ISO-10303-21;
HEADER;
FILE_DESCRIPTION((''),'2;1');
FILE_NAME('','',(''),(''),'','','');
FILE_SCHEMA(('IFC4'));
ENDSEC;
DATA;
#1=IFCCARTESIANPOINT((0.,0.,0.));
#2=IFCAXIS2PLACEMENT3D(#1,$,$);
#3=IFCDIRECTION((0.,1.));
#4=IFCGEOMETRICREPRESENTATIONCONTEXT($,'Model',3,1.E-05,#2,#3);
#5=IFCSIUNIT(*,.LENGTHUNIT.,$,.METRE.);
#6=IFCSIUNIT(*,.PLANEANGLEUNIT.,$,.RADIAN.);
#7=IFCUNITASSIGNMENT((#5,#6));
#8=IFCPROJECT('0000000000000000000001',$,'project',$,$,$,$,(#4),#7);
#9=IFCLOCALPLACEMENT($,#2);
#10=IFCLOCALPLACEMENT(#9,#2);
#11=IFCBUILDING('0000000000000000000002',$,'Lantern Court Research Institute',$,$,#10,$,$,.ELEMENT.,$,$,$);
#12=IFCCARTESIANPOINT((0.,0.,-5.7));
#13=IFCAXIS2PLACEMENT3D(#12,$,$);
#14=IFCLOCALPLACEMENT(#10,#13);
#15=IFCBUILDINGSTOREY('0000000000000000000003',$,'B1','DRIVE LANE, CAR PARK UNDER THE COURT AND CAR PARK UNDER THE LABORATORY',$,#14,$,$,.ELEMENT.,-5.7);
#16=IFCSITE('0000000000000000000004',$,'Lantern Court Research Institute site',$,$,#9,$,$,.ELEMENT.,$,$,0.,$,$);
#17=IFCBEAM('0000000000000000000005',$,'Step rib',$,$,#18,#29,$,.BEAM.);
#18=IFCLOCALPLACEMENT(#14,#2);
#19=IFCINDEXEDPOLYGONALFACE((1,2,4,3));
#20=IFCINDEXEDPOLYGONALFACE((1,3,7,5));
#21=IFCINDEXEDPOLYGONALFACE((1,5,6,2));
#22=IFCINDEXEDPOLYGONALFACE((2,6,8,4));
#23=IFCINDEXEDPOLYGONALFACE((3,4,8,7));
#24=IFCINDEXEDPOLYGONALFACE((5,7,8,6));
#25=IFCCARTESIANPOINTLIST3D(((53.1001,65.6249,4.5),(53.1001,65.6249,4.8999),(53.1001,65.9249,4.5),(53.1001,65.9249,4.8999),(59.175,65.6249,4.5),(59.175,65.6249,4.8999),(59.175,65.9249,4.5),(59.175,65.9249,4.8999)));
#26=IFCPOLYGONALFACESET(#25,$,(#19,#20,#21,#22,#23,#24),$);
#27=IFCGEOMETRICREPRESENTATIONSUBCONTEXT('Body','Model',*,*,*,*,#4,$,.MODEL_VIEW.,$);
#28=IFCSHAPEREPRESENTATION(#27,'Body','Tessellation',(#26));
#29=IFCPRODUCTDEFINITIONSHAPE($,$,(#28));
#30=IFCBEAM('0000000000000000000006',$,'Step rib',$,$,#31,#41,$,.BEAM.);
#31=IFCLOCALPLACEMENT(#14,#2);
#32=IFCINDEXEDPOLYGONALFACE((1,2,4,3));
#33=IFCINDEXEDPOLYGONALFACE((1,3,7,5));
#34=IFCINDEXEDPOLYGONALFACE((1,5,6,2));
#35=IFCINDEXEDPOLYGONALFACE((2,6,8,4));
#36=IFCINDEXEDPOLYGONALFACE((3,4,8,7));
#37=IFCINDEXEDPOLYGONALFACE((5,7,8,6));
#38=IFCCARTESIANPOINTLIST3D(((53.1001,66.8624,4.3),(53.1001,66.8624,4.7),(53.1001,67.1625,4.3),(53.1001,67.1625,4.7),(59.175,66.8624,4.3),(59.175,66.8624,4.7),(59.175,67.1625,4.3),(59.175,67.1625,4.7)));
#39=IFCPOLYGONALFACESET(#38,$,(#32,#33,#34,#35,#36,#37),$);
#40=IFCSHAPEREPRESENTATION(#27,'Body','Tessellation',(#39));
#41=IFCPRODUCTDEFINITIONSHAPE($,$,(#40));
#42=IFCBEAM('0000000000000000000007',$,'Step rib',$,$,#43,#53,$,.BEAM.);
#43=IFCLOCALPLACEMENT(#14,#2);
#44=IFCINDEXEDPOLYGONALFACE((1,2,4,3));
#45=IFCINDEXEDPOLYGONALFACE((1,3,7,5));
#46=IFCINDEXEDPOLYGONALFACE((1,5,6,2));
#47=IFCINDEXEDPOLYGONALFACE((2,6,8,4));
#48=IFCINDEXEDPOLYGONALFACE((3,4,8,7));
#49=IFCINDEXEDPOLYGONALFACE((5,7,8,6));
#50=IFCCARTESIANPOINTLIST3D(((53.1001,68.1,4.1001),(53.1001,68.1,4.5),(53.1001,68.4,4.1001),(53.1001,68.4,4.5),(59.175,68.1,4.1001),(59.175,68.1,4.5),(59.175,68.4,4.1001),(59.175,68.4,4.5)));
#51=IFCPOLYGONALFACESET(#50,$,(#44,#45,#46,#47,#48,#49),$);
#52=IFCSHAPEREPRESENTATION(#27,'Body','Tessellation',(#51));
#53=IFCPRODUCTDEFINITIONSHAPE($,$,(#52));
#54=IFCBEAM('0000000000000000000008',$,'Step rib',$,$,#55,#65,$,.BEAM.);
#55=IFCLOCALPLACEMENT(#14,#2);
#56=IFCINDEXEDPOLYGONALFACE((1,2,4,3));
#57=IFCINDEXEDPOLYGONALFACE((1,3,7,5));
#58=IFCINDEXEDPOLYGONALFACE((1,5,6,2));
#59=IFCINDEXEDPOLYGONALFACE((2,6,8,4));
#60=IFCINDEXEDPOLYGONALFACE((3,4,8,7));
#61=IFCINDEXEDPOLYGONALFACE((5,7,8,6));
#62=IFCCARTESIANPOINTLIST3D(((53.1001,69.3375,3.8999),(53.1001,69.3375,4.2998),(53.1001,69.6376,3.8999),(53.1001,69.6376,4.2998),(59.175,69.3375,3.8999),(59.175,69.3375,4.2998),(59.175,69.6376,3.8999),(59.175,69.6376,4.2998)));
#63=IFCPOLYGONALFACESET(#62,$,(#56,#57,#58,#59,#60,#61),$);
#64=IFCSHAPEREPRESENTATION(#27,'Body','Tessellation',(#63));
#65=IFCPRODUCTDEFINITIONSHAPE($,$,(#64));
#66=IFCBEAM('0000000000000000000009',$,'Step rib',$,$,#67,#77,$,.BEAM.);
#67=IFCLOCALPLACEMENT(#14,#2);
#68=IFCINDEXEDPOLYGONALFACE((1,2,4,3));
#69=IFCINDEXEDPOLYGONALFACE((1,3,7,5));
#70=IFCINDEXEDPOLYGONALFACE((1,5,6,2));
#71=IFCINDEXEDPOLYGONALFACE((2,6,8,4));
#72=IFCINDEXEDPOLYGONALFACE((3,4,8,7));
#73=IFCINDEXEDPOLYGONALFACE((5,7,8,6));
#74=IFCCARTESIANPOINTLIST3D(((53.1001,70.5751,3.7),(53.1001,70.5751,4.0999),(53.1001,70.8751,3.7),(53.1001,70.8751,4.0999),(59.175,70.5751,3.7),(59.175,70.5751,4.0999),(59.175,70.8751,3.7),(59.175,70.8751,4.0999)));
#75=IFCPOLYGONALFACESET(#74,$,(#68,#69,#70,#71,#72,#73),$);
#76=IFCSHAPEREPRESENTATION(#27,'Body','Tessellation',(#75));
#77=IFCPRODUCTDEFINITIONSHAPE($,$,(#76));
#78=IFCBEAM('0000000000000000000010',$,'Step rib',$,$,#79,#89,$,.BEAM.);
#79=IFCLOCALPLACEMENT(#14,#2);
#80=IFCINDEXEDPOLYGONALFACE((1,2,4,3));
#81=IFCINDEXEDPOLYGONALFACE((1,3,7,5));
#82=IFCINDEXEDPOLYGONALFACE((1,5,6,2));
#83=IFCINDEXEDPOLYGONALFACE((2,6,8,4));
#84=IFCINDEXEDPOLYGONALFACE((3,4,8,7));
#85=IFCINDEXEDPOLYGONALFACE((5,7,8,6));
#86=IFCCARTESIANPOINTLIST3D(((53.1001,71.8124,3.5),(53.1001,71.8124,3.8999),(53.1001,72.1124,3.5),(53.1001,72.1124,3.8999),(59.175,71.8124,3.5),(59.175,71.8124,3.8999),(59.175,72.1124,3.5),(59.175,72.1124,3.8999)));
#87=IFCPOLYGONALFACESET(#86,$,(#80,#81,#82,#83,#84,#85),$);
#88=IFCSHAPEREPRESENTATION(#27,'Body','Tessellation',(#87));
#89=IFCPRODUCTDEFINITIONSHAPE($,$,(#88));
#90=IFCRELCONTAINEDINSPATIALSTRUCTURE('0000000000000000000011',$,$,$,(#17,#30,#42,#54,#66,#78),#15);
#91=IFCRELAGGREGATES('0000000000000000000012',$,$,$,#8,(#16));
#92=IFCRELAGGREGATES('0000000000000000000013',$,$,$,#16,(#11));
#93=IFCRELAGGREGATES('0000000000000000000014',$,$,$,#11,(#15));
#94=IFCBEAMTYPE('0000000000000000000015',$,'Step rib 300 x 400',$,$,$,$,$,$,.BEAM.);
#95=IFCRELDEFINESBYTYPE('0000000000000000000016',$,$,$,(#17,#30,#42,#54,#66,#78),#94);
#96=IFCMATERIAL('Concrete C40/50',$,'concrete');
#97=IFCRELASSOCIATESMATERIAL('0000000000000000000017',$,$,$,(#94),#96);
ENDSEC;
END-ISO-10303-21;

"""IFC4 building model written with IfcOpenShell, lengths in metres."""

from ifc_helpers import new_model, si_unit, direction, frame, origin, origin_2d, place, context, subcontext, project, spatial, rectangle, extrude, material, material_profile, profile_set, type_object, element, save


model = new_model("IFC4")

# Units and contexts
model_context = context("Model", 3, precision=1e-05, world=origin(), true_north=direction((0.0, 1.0)))
body_context = subcontext(model_context, "Body", "Model", "MODEL_VIEW")
ifc_project = project(units=[si_unit("LENGTHUNIT", "METRE"), si_unit("PLANEANGLEUNIT", "RADIAN")], contexts=[model_context])

# Site, building, storey
site_placement = place(None, origin())
site = spatial("IfcSite", under=ifc_project, at=site_placement, Name="Lantern Court Research Institute site", CompositionType="ELEMENT", RefElevation=0.0)
building_placement = place(site_placement, origin())
building = spatial("IfcBuilding", under=site, at=building_placement, Name="Lantern Court Research Institute", CompositionType="ELEMENT")
storey_placement = place(building_placement, frame((0.0, 0.0, -5.7)))
storey = spatial("IfcBuildingStorey", under=building, at=storey_placement, Name="B1", Description="DRIVE LANE, CAR PARK UNDER THE COURT AND CAR PARK UNDER THE LABORATORY", CompositionType="ELEMENT", Elevation=-5.7)

# Beams
ifc_material_1 = material(Name="Concrete C40/50", Category="concrete")
ifc_material_profile_1 = material_profile(ifc_material_1, rectangle(XDim=0.3, YDim=0.3999, at=origin_2d()), Name="Step rib 300 x 400")
ifc_profile_set_1 = profile_set([ifc_material_profile_1], Name="Concrete C40/50")
beam_type_1 = type_object("IfcBeamType", Name="Step rib 300 x 400", PredefinedType="BEAM", material=ifc_profile_set_1)
for number, where, z_axis, x_axis, name in (
    (1, (53.1001, 65.7749, 4.7), (1.0, 0.0, 0.0), (0.0, 1.0, 0.0), "Step rib"),
    (2, (53.1001, 67.0125, 4.5), (1.0, 0.0, 0.0), (0.0, 1.0, 0.0), "Step rib"),
    (3, (53.1001, 68.25, 4.3), (1.0, 0.0, 0.0), (0.0, 1.0, 0.0), "Step rib"),
    (4, (53.1001, 69.4875, 4.0999), (1.0, 0.0, 0.0), (0.0, 1.0, 0.0), "Step rib"),
    (5, (53.1001, 70.7251, 3.8999), (1.0, 0.0, 0.0), (0.0, 1.0, 0.0), "Step rib"),
    (6, (53.1001, 71.9624, 3.7), (1.0, 0.0, 0.0), (0.0, 1.0, 0.0), "Step rib"),
):
    element("IfcBeam", number, at=place(storey_placement, frame(where, z_axis=z_axis, x_axis=x_axis)), inside=storey, type_object=beam_type_1, Name=name, PredefinedType="BEAM", context=body_context, shape_type="SweptSolid", body=[
        extrude(rectangle(XDim=0.3, YDim=0.3999, at=origin_2d()), origin(), (0.0, 0.0, 1.0), 6.075),
    ])

save(model, "model.ifc")
